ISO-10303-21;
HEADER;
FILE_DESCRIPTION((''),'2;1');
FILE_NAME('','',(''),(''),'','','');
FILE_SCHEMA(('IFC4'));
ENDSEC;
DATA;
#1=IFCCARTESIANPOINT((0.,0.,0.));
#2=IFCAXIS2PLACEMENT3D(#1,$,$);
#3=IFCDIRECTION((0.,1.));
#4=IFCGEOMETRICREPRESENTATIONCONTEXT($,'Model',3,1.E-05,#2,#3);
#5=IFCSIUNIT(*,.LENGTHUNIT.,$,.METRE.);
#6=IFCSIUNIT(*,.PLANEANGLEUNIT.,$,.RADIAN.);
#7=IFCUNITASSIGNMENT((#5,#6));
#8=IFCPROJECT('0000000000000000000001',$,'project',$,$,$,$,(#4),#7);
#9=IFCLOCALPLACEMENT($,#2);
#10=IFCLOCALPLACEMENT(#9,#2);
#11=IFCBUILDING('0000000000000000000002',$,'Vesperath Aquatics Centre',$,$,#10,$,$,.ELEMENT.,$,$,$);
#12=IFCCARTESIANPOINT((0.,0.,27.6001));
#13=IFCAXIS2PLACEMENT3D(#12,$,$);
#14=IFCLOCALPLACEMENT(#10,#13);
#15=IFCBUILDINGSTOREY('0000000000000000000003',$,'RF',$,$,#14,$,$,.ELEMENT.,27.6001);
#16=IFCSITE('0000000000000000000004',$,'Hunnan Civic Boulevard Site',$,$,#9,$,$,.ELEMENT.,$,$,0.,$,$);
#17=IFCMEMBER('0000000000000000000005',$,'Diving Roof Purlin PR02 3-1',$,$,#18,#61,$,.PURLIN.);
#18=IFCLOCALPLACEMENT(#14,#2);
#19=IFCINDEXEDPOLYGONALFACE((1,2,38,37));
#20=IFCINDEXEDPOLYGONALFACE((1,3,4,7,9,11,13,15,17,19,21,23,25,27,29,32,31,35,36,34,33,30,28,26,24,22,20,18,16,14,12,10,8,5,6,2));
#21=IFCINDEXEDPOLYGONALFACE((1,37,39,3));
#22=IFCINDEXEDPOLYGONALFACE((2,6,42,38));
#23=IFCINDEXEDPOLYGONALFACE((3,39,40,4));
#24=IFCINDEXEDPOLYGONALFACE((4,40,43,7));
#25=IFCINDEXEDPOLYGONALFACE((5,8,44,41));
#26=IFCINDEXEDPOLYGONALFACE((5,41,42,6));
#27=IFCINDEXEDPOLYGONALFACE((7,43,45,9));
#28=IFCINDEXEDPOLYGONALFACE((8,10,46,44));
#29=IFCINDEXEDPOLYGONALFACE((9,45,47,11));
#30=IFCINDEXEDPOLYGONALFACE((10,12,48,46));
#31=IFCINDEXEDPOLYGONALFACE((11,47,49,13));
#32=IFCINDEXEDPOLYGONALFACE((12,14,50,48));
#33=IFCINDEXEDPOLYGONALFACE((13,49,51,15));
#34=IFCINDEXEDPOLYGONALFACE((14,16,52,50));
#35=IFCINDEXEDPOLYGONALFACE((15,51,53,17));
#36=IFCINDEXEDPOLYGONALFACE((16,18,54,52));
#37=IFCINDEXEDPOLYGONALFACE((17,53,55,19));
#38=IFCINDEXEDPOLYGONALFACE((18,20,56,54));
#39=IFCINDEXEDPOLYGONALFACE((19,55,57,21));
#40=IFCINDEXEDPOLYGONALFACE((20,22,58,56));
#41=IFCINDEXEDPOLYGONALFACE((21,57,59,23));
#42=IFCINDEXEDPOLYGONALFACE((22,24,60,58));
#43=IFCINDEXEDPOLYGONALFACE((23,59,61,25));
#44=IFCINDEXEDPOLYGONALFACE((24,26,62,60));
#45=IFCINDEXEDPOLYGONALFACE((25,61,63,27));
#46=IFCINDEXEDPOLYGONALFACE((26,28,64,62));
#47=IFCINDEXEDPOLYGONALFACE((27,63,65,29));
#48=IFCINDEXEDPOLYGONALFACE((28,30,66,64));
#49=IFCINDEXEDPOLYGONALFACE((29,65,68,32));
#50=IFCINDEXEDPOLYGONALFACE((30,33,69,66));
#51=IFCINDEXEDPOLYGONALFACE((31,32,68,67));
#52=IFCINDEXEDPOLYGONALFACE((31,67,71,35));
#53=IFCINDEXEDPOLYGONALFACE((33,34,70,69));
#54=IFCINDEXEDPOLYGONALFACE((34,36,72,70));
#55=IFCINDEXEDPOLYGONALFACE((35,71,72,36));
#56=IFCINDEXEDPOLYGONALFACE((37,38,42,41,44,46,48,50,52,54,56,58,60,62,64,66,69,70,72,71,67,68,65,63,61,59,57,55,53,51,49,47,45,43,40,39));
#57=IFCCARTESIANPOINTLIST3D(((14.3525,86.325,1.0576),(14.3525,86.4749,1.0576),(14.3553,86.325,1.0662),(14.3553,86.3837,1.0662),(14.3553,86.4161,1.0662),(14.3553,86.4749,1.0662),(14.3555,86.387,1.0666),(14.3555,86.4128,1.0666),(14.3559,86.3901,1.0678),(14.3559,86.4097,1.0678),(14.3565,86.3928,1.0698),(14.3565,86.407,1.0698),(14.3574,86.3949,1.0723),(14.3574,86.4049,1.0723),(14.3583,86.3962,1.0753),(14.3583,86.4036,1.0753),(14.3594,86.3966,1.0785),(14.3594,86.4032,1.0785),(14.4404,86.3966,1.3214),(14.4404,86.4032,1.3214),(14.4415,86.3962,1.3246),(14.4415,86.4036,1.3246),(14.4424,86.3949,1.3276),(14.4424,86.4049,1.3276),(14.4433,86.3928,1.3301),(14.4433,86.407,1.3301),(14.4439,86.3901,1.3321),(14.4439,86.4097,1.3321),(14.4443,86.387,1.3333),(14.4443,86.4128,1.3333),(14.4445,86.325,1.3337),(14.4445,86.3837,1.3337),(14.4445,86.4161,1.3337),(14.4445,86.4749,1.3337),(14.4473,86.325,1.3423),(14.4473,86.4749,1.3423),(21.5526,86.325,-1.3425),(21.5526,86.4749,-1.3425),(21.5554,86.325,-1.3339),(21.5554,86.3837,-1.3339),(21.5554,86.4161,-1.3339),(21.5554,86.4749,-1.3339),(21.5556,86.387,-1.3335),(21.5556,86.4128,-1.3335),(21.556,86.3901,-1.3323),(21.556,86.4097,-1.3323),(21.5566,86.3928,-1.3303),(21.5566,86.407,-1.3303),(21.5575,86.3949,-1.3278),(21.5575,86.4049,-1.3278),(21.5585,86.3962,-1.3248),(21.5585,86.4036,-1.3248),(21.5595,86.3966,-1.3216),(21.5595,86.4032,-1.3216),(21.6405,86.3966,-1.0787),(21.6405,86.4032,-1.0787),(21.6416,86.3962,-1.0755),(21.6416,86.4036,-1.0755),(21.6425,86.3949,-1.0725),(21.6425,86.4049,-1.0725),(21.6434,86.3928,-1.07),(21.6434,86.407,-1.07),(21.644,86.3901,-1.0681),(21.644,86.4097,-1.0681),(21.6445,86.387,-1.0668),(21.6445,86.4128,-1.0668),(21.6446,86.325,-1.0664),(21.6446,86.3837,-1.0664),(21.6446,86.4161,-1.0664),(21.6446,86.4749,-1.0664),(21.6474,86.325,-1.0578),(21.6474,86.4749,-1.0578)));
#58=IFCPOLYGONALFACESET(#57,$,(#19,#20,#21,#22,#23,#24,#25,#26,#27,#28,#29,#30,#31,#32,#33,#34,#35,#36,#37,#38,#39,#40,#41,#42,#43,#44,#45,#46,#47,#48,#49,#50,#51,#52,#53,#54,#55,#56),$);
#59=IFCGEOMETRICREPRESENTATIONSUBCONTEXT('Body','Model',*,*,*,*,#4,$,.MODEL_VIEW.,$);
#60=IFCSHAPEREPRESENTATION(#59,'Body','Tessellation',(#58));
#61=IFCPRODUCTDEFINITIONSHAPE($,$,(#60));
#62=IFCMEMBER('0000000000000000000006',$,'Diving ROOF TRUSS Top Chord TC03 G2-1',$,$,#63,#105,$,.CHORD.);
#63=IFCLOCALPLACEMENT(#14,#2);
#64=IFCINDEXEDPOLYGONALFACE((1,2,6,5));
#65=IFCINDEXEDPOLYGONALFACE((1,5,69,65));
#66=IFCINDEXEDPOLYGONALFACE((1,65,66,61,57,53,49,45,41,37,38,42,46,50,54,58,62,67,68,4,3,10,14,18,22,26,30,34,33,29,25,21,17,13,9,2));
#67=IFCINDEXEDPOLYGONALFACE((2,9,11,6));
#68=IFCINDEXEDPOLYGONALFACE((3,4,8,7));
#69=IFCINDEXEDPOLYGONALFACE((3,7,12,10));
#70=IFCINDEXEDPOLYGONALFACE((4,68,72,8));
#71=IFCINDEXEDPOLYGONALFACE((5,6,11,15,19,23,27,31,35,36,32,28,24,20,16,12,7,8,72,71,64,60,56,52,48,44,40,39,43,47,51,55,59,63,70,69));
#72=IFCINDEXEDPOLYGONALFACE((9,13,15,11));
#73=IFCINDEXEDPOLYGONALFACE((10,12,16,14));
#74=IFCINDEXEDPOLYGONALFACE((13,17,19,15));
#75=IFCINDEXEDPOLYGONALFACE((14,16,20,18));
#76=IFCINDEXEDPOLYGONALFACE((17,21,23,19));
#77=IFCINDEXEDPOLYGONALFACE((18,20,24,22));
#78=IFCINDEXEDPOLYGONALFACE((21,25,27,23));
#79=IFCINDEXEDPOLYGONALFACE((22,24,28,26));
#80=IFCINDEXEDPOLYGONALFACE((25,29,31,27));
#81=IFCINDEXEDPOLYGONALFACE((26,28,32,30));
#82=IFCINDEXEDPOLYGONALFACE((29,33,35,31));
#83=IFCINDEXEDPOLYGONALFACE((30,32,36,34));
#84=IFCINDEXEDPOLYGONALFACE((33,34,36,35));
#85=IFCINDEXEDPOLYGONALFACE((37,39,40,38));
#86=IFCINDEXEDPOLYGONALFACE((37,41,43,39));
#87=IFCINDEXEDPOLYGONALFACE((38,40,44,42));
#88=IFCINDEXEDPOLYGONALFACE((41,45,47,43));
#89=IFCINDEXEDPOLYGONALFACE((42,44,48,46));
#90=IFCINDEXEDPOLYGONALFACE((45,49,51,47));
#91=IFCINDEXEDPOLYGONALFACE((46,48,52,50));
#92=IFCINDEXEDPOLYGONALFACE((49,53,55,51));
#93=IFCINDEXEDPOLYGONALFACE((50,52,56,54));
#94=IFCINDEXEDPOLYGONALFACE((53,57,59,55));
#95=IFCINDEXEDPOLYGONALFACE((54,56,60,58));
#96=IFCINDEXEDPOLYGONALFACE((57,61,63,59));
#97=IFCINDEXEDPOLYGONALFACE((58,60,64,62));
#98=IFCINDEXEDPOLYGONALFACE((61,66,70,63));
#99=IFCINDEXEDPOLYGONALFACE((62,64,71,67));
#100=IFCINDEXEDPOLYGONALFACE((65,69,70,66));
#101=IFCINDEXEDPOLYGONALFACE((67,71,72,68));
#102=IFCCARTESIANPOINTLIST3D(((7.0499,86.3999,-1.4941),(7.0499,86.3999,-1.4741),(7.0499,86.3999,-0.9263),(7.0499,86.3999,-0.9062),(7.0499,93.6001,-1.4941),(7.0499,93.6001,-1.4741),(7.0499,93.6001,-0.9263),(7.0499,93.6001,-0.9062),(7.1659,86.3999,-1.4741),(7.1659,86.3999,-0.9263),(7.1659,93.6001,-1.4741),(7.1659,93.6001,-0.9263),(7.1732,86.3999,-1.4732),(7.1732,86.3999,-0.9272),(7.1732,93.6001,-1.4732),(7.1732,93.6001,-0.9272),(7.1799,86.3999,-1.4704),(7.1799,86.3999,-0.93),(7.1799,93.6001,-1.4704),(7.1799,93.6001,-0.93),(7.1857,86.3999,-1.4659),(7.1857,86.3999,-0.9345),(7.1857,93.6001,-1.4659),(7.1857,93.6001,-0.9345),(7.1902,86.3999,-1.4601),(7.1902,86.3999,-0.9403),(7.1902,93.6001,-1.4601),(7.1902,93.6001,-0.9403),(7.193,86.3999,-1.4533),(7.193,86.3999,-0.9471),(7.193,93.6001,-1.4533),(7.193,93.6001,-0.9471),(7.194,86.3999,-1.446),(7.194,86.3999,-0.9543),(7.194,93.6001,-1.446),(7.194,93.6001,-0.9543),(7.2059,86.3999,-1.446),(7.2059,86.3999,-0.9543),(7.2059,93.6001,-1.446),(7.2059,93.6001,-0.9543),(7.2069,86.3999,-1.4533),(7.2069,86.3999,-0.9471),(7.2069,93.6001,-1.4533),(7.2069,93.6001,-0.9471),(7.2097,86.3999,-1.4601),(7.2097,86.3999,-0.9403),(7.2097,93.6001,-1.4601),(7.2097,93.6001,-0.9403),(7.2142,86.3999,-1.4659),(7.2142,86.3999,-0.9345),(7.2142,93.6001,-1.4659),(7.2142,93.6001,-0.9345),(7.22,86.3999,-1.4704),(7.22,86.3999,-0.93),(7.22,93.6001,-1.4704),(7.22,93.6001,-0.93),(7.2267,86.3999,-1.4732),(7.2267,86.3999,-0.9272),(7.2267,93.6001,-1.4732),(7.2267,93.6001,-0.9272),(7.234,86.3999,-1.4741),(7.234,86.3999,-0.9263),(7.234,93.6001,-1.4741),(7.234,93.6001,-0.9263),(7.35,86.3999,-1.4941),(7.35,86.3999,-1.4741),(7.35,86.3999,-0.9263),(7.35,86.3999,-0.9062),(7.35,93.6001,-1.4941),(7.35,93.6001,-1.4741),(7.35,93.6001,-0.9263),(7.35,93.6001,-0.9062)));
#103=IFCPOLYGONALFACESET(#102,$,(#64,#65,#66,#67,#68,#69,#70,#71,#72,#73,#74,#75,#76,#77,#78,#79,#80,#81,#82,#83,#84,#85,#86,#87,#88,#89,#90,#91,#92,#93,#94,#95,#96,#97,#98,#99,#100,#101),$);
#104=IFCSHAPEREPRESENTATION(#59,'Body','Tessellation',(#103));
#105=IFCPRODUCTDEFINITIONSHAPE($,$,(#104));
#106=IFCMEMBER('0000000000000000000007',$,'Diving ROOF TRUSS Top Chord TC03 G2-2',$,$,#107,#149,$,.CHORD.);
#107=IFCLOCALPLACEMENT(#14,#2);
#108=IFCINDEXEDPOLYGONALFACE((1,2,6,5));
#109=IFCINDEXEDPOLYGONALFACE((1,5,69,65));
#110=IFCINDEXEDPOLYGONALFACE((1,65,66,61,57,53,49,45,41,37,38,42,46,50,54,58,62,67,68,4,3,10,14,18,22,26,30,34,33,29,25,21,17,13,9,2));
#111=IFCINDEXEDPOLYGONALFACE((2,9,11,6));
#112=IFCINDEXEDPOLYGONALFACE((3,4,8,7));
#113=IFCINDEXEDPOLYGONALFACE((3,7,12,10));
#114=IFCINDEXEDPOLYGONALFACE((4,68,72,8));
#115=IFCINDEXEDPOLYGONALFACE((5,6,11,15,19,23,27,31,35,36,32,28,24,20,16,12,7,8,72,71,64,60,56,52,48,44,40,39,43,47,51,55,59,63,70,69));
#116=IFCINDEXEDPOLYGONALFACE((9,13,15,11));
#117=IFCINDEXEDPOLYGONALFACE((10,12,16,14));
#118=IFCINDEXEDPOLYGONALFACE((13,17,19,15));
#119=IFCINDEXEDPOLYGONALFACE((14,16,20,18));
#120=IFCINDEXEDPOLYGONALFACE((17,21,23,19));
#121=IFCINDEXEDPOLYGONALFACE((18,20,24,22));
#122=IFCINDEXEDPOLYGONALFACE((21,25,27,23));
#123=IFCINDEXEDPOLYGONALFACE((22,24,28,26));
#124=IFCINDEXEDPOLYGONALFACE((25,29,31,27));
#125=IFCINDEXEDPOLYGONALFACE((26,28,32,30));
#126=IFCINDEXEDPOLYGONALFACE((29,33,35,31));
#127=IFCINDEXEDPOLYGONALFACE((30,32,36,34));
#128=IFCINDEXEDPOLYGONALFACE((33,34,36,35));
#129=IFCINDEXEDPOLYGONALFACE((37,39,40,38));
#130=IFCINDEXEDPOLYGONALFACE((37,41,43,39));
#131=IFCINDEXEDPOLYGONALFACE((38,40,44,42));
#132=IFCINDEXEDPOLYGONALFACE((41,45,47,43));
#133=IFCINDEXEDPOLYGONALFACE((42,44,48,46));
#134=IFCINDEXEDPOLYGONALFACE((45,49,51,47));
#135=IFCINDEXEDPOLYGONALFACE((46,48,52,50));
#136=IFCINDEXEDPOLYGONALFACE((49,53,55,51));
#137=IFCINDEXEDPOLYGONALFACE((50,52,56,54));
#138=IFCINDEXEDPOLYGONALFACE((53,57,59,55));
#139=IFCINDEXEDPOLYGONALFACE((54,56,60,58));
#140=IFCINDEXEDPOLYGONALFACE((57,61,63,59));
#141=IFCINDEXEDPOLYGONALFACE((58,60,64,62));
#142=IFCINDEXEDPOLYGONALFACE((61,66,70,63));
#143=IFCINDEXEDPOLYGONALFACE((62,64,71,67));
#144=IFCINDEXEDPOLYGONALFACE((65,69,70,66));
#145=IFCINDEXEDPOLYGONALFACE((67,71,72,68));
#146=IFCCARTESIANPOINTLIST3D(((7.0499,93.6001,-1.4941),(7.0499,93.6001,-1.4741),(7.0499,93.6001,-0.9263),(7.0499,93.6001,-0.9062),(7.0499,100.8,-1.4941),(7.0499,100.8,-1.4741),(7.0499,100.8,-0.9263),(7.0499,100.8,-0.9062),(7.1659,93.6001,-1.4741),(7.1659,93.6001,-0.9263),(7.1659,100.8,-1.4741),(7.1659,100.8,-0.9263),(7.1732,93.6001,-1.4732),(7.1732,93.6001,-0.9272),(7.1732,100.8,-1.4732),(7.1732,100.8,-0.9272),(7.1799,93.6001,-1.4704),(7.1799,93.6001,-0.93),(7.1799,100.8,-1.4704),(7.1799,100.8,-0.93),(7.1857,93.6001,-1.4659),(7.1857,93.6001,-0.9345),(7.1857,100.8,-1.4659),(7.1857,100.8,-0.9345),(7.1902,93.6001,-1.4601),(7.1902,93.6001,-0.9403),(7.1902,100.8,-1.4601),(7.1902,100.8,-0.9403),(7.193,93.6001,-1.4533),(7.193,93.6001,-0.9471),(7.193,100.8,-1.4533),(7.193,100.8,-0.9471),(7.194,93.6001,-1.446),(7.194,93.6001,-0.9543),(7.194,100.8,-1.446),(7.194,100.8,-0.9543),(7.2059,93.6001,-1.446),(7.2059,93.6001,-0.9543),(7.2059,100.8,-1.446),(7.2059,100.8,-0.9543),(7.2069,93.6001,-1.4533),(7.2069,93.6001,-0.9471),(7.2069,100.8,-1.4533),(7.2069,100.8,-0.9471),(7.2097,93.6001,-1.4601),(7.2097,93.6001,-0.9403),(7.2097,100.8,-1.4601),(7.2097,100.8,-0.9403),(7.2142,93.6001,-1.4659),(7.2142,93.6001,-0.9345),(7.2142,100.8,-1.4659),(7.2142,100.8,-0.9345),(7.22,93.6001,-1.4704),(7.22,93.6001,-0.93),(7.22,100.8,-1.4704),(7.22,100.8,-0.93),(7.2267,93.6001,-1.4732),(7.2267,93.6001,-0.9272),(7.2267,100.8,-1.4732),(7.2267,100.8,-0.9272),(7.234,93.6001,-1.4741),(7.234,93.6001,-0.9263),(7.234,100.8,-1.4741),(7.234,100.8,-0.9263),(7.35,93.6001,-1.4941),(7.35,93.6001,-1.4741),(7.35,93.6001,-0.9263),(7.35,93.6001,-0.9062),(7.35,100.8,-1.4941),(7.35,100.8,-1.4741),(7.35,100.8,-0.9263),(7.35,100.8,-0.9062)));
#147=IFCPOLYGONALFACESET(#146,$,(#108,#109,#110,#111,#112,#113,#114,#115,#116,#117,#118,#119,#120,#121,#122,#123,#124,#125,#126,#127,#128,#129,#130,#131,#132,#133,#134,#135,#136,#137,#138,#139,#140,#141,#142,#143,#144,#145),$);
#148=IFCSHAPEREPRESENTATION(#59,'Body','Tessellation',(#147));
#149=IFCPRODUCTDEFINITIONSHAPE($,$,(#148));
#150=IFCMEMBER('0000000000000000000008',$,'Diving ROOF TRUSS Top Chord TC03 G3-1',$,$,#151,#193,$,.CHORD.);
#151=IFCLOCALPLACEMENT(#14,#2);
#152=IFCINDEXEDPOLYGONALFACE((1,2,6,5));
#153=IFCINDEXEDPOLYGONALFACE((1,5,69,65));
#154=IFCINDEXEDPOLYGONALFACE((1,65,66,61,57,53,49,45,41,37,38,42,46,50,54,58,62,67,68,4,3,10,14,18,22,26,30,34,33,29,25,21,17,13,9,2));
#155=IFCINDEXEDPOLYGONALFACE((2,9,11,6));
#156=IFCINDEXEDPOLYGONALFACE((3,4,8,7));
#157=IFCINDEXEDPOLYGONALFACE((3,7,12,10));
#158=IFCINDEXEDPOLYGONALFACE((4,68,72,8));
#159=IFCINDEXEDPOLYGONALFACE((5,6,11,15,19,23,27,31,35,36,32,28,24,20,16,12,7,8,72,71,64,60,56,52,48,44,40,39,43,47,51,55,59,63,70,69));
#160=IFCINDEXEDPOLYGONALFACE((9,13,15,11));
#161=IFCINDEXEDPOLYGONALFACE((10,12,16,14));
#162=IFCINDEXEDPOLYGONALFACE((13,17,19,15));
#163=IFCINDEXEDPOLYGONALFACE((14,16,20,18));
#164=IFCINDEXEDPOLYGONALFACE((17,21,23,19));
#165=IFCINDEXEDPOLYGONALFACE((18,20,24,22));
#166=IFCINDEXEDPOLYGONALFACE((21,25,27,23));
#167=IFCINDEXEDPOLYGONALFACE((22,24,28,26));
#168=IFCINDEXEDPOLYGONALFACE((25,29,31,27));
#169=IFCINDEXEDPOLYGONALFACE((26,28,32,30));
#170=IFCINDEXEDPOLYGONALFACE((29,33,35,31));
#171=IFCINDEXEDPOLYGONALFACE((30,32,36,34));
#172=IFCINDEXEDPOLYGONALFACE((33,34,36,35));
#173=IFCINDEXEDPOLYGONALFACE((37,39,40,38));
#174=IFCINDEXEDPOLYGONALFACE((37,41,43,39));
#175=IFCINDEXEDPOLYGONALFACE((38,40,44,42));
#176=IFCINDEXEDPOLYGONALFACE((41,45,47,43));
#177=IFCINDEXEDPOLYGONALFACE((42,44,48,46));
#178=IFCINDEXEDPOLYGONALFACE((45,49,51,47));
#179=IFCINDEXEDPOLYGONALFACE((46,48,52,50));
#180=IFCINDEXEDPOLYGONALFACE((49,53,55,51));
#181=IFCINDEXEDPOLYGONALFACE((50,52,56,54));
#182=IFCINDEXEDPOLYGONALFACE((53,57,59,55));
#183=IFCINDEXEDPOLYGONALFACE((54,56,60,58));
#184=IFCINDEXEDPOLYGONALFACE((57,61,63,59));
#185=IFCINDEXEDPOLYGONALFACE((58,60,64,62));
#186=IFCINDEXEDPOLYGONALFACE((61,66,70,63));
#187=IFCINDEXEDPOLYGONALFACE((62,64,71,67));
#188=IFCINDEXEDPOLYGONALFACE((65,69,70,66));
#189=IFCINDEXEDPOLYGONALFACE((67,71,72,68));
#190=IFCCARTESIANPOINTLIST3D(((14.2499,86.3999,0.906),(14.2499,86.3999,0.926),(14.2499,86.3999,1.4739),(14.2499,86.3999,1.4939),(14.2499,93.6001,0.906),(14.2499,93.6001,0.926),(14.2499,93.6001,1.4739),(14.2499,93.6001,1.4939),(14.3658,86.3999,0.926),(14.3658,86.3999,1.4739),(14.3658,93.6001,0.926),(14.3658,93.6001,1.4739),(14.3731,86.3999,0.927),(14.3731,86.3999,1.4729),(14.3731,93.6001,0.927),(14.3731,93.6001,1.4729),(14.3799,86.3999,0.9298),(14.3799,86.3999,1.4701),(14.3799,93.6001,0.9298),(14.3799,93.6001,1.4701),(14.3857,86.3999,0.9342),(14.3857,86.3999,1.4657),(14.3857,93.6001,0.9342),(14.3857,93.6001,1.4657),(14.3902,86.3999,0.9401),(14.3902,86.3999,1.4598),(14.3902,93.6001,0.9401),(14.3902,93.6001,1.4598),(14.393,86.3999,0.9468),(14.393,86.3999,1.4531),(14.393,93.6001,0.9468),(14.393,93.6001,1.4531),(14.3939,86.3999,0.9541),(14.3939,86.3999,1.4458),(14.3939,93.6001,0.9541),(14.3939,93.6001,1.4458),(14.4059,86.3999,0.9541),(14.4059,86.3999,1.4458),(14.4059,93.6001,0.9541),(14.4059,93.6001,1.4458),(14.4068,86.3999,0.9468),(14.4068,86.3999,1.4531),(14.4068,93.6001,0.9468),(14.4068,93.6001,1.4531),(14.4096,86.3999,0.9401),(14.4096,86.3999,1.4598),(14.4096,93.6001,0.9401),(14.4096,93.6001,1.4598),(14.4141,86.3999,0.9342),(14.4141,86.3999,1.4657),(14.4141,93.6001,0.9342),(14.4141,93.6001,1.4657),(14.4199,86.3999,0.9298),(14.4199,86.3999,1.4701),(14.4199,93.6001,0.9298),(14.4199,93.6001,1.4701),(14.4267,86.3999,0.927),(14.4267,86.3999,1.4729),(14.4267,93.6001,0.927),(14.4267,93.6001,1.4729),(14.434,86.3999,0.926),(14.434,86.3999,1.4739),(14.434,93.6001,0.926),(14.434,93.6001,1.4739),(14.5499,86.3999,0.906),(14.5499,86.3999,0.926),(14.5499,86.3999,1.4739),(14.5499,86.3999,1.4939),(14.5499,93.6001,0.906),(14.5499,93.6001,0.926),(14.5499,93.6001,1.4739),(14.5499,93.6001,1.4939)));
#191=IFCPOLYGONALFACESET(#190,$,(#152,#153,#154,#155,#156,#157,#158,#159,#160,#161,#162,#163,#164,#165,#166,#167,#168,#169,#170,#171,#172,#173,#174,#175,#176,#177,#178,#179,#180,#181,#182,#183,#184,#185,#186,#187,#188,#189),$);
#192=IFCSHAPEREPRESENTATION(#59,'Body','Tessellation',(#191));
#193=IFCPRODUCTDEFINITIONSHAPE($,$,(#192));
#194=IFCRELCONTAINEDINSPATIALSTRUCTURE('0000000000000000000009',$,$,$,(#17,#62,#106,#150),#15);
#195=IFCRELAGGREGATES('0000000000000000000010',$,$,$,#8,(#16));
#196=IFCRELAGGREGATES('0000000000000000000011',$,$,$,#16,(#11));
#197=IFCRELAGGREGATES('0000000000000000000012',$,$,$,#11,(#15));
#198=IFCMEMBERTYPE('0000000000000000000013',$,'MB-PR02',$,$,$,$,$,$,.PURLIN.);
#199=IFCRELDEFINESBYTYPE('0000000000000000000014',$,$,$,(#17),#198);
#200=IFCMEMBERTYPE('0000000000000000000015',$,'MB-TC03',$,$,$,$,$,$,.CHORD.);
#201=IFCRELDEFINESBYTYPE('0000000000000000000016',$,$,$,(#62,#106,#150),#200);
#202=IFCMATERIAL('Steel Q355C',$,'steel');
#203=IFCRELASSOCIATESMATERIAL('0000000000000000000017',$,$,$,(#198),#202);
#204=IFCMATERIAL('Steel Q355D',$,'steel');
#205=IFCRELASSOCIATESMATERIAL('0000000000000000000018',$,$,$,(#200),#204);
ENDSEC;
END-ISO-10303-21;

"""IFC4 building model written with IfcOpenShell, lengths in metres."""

from ifc_helpers import new_model, si_unit, direction, frame, origin, origin_2d, place, context, subcontext, project, spatial, i_section, extrude, material, material_profile, profile_set, type_object, element, save


model = new_model("IFC4")

# Units and contexts
model_context = context("Model", 3, precision=1e-05, world=origin(), true_north=direction((0.0, 1.0)))
body_context = subcontext(model_context, "Body", "Model", "MODEL_VIEW")
ifc_project = project(units=[si_unit("LENGTHUNIT", "METRE"), si_unit("PLANEANGLEUNIT", "RADIAN")], contexts=[model_context])

# Site, building, storey
site_placement = place(None, origin())
site = spatial("IfcSite", under=ifc_project, at=site_placement, Name="Hunnan Civic Boulevard Site", CompositionType="ELEMENT", RefElevation=0.0)
building_placement = place(site_placement, origin())
building = spatial("IfcBuilding", under=site, at=building_placement, Name="Vesperath Aquatics Centre", CompositionType="ELEMENT")
storey_placement = place(building_placement, frame((0.0, 0.0, 27.6001)))
storey = spatial("IfcBuildingStorey", under=building, at=storey_placement, Name="RF", CompositionType="ELEMENT", Elevation=27.6001)

# Shared definitions
ifc_material_1 = material(Name="Steel Q355C", Category="steel")

# Members
ifc_material_2 = material(Name="Steel Q355D", Category="steel")
ifc_material_profile_1 = material_profile(ifc_material_1, i_section(OverallWidth=0.1499, OverallDepth=0.3, WebThickness=0.0066, FlangeThickness=0.009, FilletRadius=0.0129, at=origin_2d()), Name="HN 300x150x6.5x9")
ifc_profile_set_1 = profile_set([ifc_material_profile_1], Name="Steel Q355C")
member_type_1 = type_object("IfcMemberType", Name="MB-PR02", PredefinedType="PURLIN", material=ifc_profile_set_1)
member_1_placement = place(storey_placement, frame((14.3999, 86.3999, 1.2), z_axis=(0.94868, 0.0, -0.316237), x_axis=(0.0, 1.0, 0.0)))
element("IfcMember", 1, at=member_1_placement, inside=storey, type_object=member_type_1, Name="Diving Roof Purlin PR02 3-1", PredefinedType="PURLIN", context=body_context, shape_type="SweptSolid", body=[
    extrude(i_section(OverallWidth=0.1499, OverallDepth=0.3, WebThickness=0.0066, FlangeThickness=0.009, FilletRadius=0.0129, at=origin_2d()), origin(), (0.0, 0.0, 1.0), 7.5896),
])
ifc_material_profile_2 = material_profile(ifc_material_2, i_section(OverallWidth=0.3, OverallDepth=0.5879, WebThickness=0.012, FlangeThickness=0.02, FilletRadius=0.0281, at=origin_2d()), Name="HM 588x300x12x20")
ifc_profile_set_2 = profile_set([ifc_material_profile_2], Name="Steel Q355D")
member_type_2 = type_object("IfcMemberType", Name="MB-TC03", PredefinedType="CHORD", material=ifc_profile_set_2)
member_2_placement = place(storey_placement, frame((7.2, 86.3999, -1.2002), z_axis=(0.0, 1.0, 0.0), x_axis=(-1.0, 0.0, 0.0)))
element("IfcMember", 2, at=member_2_placement, inside=storey, type_object=member_type_2, Name="Diving ROOF TRUSS Top Chord TC03 G2-1", PredefinedType="CHORD", context=body_context, shape_type="SweptSolid", body=[
    extrude(i_section(OverallWidth=0.3, OverallDepth=0.5879, WebThickness=0.012, FlangeThickness=0.02, FilletRadius=0.0281, at=origin_2d()), origin(), (0.0, 0.0, 1.0), 7.2002),
])
member_3_placement = place(storey_placement, frame((7.2, 93.6001, -1.2002), z_axis=(0.0, 1.0, 0.0), x_axis=(-1.0, 0.0, 0.0)))
element("IfcMember", 3, at=member_3_placement, inside=storey, type_object=member_type_2, Name="Diving ROOF TRUSS Top Chord TC03 G2-2", PredefinedType="CHORD", context=body_context, shape_type="SweptSolid", body=[
    extrude(i_section(OverallWidth=0.3, OverallDepth=0.5879, WebThickness=0.012, FlangeThickness=0.02, FilletRadius=0.0281, at=origin_2d()), origin(), (0.0, 0.0, 1.0), 7.2),
])
member_4_placement = place(storey_placement, frame((14.3999, 86.3999, 1.2), z_axis=(0.0, 1.0, 0.0), x_axis=(-1.0, 0.0, 0.0)))
element("IfcMember", 4, at=member_4_placement, inside=storey, type_object=member_type_2, Name="Diving ROOF TRUSS Top Chord TC03 G3-1", PredefinedType="CHORD", context=body_context, shape_type="SweptSolid", body=[
    extrude(i_section(OverallWidth=0.3, OverallDepth=0.5879, WebThickness=0.012, FlangeThickness=0.02, FilletRadius=0.0281, at=origin_2d()), origin(), (0.0, 0.0, 1.0), 7.2002),
])

save(model, "model.ifc")
